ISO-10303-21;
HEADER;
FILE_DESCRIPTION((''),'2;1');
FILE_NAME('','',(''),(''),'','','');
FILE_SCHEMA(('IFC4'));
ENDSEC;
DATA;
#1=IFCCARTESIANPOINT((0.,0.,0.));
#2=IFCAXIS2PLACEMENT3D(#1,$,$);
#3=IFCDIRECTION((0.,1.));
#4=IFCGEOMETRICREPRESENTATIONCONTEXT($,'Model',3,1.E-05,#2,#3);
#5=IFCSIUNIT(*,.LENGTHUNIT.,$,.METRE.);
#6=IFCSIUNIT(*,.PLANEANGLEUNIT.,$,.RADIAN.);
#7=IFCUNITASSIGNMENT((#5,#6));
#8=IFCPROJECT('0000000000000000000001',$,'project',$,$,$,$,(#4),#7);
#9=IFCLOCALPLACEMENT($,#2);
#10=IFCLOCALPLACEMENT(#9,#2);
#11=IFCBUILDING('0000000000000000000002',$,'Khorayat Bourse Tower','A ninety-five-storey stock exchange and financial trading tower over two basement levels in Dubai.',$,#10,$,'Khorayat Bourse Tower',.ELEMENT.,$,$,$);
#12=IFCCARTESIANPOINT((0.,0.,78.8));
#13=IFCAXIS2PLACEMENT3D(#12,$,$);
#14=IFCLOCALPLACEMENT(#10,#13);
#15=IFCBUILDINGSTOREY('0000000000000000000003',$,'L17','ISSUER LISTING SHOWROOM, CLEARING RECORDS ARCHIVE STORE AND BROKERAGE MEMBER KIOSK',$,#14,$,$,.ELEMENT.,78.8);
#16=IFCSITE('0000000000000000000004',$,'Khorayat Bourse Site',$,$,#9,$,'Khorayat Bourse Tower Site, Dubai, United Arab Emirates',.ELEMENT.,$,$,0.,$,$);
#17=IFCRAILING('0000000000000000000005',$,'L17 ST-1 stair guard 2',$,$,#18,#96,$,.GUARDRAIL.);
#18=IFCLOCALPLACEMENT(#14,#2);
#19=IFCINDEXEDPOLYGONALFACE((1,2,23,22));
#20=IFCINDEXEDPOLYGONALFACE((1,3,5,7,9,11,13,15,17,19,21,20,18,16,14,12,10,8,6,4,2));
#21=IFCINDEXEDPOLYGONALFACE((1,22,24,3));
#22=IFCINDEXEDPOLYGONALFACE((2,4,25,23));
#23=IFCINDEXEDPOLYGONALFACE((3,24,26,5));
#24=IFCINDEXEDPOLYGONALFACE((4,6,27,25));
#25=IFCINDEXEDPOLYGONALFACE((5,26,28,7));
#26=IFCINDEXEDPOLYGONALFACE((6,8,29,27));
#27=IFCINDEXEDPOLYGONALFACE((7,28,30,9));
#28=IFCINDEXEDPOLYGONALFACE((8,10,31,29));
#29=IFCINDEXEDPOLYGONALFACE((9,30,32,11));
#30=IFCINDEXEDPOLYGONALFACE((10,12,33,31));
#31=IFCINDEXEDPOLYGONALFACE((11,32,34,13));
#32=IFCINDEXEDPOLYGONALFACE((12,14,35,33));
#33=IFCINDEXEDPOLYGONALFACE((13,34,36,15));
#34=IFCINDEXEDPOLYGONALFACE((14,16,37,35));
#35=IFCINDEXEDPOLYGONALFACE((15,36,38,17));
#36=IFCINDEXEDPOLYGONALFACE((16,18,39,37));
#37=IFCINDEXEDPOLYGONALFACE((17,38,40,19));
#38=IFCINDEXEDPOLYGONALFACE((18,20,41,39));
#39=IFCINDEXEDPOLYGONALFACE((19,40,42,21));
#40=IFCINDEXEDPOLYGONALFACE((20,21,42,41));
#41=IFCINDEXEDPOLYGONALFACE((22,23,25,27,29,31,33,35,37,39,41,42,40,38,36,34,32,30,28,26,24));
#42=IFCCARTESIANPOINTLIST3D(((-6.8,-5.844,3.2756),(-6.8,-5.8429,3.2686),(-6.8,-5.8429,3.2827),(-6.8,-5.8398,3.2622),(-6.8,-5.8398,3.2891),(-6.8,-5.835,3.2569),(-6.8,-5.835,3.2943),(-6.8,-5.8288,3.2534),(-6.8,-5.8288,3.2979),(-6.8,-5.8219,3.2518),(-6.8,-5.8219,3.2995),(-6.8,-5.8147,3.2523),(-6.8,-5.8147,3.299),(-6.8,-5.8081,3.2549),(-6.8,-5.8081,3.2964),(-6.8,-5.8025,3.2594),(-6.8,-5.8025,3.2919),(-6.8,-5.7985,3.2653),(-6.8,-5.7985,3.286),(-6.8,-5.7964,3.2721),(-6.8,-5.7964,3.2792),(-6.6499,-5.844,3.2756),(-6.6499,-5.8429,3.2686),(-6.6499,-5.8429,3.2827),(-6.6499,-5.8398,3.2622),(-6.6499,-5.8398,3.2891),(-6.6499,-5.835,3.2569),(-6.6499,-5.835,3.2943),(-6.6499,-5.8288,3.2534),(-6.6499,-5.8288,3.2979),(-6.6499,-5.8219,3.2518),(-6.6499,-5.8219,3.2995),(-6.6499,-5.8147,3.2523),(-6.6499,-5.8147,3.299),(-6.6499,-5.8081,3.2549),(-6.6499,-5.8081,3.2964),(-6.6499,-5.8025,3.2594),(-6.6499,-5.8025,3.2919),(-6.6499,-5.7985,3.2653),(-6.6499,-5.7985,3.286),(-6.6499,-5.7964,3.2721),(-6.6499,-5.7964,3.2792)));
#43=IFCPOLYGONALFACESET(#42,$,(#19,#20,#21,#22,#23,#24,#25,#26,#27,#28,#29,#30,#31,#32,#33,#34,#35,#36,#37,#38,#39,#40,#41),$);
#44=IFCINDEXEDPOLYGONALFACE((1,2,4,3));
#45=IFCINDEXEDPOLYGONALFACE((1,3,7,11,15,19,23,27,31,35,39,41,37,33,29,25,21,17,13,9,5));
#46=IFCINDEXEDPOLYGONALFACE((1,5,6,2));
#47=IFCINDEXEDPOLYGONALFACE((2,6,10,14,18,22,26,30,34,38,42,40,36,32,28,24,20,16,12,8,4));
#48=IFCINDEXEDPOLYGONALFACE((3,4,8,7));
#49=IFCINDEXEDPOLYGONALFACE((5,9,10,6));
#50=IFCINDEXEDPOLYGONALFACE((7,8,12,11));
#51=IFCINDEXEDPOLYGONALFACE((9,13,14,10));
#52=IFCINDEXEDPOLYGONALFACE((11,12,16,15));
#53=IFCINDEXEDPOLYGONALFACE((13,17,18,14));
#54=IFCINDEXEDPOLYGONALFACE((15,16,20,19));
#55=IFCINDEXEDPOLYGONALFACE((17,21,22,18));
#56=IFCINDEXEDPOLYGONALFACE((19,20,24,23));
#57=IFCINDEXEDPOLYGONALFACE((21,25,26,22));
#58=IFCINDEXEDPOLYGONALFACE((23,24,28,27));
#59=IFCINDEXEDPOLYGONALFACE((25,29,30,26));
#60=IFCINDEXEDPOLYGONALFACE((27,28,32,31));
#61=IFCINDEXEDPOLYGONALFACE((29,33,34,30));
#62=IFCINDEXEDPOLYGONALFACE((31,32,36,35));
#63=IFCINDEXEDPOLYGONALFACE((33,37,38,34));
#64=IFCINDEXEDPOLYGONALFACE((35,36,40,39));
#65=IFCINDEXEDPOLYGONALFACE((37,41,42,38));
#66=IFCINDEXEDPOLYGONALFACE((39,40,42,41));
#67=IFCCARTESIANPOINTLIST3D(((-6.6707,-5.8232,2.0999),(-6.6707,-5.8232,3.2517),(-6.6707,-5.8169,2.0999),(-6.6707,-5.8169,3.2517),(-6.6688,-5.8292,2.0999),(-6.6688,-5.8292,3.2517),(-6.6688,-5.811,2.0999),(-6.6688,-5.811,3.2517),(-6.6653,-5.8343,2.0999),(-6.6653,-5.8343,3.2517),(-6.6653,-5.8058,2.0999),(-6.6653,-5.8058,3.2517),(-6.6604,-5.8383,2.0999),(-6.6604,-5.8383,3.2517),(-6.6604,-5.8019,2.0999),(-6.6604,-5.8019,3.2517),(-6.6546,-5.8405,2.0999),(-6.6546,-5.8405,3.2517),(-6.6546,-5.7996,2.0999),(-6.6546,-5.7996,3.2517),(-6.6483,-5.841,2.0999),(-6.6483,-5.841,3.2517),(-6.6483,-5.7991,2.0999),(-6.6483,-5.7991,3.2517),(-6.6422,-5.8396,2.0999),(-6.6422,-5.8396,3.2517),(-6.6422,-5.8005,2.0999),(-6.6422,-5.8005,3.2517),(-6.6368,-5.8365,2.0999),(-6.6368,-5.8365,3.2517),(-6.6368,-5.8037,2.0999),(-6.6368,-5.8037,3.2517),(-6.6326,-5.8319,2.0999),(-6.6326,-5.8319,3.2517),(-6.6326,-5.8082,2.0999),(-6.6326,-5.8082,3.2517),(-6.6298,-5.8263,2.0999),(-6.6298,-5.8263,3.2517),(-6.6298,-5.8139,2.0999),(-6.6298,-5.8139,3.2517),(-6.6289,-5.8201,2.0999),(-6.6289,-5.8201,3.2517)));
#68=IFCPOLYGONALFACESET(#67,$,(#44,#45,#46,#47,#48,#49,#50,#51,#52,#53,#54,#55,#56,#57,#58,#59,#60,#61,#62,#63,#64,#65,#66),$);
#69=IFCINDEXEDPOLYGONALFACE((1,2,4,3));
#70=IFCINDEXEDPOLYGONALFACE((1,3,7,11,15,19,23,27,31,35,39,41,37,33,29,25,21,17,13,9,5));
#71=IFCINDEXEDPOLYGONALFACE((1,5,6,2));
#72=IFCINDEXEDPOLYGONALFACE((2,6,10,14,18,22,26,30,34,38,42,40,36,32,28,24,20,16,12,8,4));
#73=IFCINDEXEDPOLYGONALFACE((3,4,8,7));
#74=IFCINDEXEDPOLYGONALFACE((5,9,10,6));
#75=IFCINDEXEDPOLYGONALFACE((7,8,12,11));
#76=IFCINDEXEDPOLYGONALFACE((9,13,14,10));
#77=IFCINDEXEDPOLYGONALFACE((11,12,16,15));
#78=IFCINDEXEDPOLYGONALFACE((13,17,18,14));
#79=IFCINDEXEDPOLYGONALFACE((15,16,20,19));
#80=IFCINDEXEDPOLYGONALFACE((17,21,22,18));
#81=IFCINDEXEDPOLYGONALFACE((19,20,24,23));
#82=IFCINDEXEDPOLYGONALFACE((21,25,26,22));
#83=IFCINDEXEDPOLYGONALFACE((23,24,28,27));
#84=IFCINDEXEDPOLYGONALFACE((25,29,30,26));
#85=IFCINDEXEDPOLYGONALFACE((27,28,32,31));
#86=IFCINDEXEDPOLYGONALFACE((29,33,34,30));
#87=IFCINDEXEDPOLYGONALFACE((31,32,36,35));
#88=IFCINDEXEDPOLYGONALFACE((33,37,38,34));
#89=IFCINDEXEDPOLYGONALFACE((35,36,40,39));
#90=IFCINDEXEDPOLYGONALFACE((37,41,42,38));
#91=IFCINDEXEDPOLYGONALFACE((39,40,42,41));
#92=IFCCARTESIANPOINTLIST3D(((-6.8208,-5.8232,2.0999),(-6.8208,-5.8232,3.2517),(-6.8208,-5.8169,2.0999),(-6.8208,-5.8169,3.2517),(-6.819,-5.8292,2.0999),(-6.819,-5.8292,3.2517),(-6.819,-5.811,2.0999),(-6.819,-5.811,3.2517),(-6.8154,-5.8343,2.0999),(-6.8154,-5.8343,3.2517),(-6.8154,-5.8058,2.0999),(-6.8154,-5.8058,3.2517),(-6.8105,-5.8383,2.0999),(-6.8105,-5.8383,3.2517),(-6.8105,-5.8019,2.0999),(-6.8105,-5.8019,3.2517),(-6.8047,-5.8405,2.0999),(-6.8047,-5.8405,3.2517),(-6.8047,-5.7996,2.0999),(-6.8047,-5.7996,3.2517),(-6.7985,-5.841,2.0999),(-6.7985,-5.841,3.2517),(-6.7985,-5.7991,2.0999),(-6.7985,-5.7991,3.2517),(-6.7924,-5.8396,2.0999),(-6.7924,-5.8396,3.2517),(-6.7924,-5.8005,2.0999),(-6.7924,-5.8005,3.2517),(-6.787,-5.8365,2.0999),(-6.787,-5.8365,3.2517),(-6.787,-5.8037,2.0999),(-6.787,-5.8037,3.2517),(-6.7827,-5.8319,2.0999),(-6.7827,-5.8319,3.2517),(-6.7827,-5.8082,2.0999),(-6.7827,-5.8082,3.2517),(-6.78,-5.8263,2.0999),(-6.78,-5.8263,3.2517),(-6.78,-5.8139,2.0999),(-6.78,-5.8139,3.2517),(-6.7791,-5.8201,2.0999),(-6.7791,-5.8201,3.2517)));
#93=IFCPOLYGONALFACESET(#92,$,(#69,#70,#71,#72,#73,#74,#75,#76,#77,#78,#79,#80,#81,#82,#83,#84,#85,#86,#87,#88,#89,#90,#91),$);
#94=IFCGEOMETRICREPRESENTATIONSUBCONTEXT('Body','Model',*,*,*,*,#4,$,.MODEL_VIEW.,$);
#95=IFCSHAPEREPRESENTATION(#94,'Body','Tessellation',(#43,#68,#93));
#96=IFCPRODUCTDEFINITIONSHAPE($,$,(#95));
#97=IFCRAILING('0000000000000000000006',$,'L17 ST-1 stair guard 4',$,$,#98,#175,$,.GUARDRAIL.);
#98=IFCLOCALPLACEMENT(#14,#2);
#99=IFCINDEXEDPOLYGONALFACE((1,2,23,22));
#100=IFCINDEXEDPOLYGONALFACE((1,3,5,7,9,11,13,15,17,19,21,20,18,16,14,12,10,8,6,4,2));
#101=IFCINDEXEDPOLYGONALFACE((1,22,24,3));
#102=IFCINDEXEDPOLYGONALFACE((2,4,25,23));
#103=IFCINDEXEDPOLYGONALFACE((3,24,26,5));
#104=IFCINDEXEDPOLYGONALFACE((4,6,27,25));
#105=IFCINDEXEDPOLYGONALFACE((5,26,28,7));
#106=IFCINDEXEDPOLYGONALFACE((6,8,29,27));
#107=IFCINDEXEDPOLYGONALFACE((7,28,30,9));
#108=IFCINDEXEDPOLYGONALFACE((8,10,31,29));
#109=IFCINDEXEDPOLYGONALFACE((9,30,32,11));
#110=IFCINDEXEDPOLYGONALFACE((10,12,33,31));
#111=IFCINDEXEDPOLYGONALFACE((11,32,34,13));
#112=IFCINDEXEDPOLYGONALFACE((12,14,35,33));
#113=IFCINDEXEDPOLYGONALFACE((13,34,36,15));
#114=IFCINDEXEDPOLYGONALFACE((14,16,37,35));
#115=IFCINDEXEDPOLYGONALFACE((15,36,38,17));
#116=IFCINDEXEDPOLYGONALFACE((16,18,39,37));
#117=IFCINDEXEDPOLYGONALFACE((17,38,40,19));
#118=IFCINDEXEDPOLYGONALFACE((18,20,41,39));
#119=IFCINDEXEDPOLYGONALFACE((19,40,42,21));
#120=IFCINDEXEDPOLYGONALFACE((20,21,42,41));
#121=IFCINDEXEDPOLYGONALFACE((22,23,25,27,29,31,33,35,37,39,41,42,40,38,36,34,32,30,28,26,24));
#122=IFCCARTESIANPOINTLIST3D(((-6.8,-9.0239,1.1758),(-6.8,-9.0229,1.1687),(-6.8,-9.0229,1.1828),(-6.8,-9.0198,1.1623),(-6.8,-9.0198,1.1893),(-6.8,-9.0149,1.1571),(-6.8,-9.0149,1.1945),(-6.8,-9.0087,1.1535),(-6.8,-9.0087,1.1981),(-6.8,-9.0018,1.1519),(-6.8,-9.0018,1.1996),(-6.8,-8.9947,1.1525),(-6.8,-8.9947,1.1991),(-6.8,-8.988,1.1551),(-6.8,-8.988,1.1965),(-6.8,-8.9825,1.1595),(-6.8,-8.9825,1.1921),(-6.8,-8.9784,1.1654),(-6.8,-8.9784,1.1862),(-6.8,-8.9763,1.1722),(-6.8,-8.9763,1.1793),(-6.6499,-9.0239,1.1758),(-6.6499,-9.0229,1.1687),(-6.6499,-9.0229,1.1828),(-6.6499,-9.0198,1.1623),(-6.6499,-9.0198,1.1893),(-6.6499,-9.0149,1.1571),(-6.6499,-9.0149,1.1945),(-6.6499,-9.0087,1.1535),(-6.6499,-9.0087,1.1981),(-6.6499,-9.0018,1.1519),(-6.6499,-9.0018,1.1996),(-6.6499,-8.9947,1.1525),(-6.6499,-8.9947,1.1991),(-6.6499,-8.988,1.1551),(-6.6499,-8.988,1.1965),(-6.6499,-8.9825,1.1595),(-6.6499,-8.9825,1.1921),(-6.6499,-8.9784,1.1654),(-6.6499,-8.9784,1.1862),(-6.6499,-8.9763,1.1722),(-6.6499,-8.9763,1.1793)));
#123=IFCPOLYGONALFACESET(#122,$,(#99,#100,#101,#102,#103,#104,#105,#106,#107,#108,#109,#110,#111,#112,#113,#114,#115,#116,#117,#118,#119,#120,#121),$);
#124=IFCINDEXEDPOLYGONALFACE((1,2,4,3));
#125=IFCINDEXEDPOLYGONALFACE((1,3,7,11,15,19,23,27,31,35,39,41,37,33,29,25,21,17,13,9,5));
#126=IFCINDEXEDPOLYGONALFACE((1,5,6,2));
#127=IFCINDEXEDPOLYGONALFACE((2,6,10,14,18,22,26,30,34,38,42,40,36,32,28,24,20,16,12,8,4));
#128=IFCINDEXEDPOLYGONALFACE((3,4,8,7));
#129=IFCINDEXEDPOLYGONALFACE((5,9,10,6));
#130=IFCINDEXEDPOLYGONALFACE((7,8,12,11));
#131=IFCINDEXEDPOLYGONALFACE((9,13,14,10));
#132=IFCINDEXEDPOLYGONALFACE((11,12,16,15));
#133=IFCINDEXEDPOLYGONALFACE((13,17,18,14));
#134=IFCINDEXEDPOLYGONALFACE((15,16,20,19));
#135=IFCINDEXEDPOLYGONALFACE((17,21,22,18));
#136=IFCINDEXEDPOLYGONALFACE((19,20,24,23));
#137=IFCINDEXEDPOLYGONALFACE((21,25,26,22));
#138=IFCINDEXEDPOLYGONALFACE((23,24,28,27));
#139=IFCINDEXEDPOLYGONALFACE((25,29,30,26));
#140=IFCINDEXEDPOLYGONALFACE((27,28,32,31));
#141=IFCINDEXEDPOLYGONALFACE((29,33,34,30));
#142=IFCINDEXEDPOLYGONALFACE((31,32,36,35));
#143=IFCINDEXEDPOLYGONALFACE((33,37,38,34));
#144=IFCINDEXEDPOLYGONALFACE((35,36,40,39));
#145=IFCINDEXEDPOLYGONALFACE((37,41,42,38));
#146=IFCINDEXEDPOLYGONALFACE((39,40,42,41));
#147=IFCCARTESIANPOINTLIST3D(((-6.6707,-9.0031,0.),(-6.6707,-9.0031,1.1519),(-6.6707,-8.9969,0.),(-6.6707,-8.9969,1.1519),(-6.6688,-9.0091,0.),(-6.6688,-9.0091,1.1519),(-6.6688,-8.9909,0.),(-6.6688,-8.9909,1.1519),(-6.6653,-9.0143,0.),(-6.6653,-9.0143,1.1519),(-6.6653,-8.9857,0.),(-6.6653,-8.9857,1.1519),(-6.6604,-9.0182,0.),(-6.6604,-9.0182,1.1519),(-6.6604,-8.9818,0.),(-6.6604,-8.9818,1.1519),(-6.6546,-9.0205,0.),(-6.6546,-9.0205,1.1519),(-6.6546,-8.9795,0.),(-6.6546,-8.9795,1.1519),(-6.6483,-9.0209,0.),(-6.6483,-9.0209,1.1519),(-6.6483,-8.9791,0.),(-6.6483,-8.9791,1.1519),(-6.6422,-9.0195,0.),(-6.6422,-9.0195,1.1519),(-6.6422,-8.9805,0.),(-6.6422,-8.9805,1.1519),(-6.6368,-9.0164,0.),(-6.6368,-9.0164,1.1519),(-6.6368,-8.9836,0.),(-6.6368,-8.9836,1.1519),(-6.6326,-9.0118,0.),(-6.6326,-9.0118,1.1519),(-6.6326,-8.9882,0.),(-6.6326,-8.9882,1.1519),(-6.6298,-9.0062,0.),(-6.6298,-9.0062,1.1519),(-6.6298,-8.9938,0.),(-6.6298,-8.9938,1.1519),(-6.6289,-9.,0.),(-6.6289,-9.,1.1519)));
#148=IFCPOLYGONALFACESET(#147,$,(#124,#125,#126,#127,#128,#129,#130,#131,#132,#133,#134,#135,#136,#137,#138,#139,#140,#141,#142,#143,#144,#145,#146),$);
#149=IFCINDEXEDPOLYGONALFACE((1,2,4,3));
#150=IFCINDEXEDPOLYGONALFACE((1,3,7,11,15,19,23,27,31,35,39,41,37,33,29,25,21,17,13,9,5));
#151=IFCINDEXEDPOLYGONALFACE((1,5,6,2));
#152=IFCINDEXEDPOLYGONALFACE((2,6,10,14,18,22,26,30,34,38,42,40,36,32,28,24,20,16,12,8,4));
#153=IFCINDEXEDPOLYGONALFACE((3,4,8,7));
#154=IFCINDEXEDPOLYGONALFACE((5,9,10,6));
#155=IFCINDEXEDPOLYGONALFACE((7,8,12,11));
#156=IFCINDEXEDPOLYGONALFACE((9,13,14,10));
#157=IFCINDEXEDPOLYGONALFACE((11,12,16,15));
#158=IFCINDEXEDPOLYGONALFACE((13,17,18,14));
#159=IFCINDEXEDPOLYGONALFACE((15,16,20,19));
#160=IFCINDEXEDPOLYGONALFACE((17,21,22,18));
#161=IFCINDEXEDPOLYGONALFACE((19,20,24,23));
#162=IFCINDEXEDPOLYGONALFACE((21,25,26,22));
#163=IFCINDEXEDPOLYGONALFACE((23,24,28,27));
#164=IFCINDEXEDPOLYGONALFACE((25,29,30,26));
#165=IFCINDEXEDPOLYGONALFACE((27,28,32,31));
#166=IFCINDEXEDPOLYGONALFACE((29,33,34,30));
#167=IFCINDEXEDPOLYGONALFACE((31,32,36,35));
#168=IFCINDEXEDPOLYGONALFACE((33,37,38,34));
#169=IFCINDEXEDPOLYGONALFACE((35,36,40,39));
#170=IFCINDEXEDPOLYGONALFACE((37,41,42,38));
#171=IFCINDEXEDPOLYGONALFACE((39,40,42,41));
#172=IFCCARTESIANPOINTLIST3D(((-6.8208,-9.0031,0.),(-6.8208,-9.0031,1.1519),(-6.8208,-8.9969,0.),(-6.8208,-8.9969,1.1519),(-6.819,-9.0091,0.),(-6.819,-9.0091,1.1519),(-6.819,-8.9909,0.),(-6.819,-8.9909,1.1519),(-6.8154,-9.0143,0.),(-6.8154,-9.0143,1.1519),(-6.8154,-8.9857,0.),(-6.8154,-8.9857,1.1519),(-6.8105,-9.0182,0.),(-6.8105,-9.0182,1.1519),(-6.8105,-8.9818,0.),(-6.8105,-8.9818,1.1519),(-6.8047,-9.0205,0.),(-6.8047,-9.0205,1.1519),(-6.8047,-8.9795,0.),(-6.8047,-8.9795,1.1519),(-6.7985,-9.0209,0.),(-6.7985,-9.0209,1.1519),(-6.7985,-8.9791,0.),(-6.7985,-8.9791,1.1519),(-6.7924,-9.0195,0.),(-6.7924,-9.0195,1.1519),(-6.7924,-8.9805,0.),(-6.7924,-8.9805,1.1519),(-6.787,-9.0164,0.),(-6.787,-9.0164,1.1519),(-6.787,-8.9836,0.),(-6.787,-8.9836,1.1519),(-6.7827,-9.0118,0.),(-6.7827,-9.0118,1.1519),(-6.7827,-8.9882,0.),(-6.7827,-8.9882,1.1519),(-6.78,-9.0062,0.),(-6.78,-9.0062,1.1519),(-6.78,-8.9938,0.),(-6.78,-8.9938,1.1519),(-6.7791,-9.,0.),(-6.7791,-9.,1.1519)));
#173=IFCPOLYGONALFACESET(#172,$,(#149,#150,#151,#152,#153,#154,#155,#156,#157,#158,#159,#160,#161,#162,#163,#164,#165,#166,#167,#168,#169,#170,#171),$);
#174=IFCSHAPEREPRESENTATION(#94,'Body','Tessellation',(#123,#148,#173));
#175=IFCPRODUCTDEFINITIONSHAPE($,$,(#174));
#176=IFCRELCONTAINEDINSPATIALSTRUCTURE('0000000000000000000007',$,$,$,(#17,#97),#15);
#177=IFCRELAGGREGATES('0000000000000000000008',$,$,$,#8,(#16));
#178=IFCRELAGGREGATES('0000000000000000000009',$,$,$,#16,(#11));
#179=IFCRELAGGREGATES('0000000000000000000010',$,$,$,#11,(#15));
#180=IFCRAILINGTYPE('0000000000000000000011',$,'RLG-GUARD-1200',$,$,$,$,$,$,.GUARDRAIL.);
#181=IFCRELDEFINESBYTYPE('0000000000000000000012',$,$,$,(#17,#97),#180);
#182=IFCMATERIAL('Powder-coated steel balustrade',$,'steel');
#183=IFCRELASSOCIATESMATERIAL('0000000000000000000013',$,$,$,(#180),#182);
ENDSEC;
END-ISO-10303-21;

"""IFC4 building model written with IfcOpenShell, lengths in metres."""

from ifc_helpers import new_model, si_unit, direction, frame, origin, origin_2d, place, context, subcontext, project, spatial, circle, extrude, source, transform, mapped, material, type_object, element, save


model = new_model("IFC4")

# Units and contexts
model_context = context("Model", 3, precision=1e-05, world=origin(), true_north=direction((0.0, 1.0)))
body_context = subcontext(model_context, "Body", "Model", "MODEL_VIEW")
ifc_project = project(units=[si_unit("LENGTHUNIT", "METRE"), si_unit("PLANEANGLEUNIT", "RADIAN")], contexts=[model_context])

# Site, building, storey
site_placement = place(None, origin())
site = spatial("IfcSite", under=ifc_project, at=site_placement, Name="Khorayat Bourse Site", LongName="Khorayat Bourse Tower Site, Dubai, United Arab Emirates", CompositionType="ELEMENT", RefElevation=0.0)
building_placement = place(site_placement, origin())
building = spatial("IfcBuilding", under=site, at=building_placement, Name="Khorayat Bourse Tower", Description="A ninety-five-storey stock exchange and financial trading tower over two basement levels in Dubai.", LongName="Khorayat Bourse Tower", CompositionType="ELEMENT")
storey_placement = place(building_placement, frame((0.0, 0.0, 78.8)))
storey = spatial("IfcBuildingStorey", under=building, at=storey_placement, Name="L17", Description="ISSUER LISTING SHOWROOM, CLEARING RECORDS ARCHIVE STORE AND BROKERAGE MEMBER KIOSK", CompositionType="ELEMENT", Elevation=78.8)

# Railings
ifc_material_1 = material(Name="Powder-coated steel balustrade", Category="steel")
railing_type_1 = type_object("IfcRailingType", Name="RLG-GUARD-1200", PredefinedType="GUARDRAIL", material=ifc_material_1)
shared_shape_1 = source(origin(), body_context, "Body", "SweptSolid", [
    extrude(circle(Radius=0.0239, at=origin_2d()), frame((0.0, 0.0, 1.1758), z_axis=(-1.0, 0.0, 0.0), x_axis=(0.0, -1.0, 0.0)), (0.0, 0.0, 1.0), 0.1501),
    extrude(circle(Radius=0.021, at=origin_2d()), origin(), (0.0, 0.0, 1.0), 1.1519),
    extrude(circle(Radius=0.021, at=origin_2d()), frame((-0.1501, 0.0, 0.0)), (0.0, 0.0, 1.0), 1.1519),
])
for number, where, name in (
    (1, (-6.6499, -5.8201, 2.0999), "L17 ST-1 stair guard 2"),
    (2, (-6.6499, -9.0, 0.0), "L17 ST-1 stair guard 4"),
):
    element("IfcRailing", number, at=place(storey_placement, frame(where)), inside=storey, type_object=railing_type_1, Name=name, PredefinedType="GUARDRAIL", context=body_context, shape_type="MappedRepresentation", body=[
        mapped(shared_shape_1, transform((0.0, 0.0, 0.0), scale=1.0)),
    ])

save(model, "model.ifc")
